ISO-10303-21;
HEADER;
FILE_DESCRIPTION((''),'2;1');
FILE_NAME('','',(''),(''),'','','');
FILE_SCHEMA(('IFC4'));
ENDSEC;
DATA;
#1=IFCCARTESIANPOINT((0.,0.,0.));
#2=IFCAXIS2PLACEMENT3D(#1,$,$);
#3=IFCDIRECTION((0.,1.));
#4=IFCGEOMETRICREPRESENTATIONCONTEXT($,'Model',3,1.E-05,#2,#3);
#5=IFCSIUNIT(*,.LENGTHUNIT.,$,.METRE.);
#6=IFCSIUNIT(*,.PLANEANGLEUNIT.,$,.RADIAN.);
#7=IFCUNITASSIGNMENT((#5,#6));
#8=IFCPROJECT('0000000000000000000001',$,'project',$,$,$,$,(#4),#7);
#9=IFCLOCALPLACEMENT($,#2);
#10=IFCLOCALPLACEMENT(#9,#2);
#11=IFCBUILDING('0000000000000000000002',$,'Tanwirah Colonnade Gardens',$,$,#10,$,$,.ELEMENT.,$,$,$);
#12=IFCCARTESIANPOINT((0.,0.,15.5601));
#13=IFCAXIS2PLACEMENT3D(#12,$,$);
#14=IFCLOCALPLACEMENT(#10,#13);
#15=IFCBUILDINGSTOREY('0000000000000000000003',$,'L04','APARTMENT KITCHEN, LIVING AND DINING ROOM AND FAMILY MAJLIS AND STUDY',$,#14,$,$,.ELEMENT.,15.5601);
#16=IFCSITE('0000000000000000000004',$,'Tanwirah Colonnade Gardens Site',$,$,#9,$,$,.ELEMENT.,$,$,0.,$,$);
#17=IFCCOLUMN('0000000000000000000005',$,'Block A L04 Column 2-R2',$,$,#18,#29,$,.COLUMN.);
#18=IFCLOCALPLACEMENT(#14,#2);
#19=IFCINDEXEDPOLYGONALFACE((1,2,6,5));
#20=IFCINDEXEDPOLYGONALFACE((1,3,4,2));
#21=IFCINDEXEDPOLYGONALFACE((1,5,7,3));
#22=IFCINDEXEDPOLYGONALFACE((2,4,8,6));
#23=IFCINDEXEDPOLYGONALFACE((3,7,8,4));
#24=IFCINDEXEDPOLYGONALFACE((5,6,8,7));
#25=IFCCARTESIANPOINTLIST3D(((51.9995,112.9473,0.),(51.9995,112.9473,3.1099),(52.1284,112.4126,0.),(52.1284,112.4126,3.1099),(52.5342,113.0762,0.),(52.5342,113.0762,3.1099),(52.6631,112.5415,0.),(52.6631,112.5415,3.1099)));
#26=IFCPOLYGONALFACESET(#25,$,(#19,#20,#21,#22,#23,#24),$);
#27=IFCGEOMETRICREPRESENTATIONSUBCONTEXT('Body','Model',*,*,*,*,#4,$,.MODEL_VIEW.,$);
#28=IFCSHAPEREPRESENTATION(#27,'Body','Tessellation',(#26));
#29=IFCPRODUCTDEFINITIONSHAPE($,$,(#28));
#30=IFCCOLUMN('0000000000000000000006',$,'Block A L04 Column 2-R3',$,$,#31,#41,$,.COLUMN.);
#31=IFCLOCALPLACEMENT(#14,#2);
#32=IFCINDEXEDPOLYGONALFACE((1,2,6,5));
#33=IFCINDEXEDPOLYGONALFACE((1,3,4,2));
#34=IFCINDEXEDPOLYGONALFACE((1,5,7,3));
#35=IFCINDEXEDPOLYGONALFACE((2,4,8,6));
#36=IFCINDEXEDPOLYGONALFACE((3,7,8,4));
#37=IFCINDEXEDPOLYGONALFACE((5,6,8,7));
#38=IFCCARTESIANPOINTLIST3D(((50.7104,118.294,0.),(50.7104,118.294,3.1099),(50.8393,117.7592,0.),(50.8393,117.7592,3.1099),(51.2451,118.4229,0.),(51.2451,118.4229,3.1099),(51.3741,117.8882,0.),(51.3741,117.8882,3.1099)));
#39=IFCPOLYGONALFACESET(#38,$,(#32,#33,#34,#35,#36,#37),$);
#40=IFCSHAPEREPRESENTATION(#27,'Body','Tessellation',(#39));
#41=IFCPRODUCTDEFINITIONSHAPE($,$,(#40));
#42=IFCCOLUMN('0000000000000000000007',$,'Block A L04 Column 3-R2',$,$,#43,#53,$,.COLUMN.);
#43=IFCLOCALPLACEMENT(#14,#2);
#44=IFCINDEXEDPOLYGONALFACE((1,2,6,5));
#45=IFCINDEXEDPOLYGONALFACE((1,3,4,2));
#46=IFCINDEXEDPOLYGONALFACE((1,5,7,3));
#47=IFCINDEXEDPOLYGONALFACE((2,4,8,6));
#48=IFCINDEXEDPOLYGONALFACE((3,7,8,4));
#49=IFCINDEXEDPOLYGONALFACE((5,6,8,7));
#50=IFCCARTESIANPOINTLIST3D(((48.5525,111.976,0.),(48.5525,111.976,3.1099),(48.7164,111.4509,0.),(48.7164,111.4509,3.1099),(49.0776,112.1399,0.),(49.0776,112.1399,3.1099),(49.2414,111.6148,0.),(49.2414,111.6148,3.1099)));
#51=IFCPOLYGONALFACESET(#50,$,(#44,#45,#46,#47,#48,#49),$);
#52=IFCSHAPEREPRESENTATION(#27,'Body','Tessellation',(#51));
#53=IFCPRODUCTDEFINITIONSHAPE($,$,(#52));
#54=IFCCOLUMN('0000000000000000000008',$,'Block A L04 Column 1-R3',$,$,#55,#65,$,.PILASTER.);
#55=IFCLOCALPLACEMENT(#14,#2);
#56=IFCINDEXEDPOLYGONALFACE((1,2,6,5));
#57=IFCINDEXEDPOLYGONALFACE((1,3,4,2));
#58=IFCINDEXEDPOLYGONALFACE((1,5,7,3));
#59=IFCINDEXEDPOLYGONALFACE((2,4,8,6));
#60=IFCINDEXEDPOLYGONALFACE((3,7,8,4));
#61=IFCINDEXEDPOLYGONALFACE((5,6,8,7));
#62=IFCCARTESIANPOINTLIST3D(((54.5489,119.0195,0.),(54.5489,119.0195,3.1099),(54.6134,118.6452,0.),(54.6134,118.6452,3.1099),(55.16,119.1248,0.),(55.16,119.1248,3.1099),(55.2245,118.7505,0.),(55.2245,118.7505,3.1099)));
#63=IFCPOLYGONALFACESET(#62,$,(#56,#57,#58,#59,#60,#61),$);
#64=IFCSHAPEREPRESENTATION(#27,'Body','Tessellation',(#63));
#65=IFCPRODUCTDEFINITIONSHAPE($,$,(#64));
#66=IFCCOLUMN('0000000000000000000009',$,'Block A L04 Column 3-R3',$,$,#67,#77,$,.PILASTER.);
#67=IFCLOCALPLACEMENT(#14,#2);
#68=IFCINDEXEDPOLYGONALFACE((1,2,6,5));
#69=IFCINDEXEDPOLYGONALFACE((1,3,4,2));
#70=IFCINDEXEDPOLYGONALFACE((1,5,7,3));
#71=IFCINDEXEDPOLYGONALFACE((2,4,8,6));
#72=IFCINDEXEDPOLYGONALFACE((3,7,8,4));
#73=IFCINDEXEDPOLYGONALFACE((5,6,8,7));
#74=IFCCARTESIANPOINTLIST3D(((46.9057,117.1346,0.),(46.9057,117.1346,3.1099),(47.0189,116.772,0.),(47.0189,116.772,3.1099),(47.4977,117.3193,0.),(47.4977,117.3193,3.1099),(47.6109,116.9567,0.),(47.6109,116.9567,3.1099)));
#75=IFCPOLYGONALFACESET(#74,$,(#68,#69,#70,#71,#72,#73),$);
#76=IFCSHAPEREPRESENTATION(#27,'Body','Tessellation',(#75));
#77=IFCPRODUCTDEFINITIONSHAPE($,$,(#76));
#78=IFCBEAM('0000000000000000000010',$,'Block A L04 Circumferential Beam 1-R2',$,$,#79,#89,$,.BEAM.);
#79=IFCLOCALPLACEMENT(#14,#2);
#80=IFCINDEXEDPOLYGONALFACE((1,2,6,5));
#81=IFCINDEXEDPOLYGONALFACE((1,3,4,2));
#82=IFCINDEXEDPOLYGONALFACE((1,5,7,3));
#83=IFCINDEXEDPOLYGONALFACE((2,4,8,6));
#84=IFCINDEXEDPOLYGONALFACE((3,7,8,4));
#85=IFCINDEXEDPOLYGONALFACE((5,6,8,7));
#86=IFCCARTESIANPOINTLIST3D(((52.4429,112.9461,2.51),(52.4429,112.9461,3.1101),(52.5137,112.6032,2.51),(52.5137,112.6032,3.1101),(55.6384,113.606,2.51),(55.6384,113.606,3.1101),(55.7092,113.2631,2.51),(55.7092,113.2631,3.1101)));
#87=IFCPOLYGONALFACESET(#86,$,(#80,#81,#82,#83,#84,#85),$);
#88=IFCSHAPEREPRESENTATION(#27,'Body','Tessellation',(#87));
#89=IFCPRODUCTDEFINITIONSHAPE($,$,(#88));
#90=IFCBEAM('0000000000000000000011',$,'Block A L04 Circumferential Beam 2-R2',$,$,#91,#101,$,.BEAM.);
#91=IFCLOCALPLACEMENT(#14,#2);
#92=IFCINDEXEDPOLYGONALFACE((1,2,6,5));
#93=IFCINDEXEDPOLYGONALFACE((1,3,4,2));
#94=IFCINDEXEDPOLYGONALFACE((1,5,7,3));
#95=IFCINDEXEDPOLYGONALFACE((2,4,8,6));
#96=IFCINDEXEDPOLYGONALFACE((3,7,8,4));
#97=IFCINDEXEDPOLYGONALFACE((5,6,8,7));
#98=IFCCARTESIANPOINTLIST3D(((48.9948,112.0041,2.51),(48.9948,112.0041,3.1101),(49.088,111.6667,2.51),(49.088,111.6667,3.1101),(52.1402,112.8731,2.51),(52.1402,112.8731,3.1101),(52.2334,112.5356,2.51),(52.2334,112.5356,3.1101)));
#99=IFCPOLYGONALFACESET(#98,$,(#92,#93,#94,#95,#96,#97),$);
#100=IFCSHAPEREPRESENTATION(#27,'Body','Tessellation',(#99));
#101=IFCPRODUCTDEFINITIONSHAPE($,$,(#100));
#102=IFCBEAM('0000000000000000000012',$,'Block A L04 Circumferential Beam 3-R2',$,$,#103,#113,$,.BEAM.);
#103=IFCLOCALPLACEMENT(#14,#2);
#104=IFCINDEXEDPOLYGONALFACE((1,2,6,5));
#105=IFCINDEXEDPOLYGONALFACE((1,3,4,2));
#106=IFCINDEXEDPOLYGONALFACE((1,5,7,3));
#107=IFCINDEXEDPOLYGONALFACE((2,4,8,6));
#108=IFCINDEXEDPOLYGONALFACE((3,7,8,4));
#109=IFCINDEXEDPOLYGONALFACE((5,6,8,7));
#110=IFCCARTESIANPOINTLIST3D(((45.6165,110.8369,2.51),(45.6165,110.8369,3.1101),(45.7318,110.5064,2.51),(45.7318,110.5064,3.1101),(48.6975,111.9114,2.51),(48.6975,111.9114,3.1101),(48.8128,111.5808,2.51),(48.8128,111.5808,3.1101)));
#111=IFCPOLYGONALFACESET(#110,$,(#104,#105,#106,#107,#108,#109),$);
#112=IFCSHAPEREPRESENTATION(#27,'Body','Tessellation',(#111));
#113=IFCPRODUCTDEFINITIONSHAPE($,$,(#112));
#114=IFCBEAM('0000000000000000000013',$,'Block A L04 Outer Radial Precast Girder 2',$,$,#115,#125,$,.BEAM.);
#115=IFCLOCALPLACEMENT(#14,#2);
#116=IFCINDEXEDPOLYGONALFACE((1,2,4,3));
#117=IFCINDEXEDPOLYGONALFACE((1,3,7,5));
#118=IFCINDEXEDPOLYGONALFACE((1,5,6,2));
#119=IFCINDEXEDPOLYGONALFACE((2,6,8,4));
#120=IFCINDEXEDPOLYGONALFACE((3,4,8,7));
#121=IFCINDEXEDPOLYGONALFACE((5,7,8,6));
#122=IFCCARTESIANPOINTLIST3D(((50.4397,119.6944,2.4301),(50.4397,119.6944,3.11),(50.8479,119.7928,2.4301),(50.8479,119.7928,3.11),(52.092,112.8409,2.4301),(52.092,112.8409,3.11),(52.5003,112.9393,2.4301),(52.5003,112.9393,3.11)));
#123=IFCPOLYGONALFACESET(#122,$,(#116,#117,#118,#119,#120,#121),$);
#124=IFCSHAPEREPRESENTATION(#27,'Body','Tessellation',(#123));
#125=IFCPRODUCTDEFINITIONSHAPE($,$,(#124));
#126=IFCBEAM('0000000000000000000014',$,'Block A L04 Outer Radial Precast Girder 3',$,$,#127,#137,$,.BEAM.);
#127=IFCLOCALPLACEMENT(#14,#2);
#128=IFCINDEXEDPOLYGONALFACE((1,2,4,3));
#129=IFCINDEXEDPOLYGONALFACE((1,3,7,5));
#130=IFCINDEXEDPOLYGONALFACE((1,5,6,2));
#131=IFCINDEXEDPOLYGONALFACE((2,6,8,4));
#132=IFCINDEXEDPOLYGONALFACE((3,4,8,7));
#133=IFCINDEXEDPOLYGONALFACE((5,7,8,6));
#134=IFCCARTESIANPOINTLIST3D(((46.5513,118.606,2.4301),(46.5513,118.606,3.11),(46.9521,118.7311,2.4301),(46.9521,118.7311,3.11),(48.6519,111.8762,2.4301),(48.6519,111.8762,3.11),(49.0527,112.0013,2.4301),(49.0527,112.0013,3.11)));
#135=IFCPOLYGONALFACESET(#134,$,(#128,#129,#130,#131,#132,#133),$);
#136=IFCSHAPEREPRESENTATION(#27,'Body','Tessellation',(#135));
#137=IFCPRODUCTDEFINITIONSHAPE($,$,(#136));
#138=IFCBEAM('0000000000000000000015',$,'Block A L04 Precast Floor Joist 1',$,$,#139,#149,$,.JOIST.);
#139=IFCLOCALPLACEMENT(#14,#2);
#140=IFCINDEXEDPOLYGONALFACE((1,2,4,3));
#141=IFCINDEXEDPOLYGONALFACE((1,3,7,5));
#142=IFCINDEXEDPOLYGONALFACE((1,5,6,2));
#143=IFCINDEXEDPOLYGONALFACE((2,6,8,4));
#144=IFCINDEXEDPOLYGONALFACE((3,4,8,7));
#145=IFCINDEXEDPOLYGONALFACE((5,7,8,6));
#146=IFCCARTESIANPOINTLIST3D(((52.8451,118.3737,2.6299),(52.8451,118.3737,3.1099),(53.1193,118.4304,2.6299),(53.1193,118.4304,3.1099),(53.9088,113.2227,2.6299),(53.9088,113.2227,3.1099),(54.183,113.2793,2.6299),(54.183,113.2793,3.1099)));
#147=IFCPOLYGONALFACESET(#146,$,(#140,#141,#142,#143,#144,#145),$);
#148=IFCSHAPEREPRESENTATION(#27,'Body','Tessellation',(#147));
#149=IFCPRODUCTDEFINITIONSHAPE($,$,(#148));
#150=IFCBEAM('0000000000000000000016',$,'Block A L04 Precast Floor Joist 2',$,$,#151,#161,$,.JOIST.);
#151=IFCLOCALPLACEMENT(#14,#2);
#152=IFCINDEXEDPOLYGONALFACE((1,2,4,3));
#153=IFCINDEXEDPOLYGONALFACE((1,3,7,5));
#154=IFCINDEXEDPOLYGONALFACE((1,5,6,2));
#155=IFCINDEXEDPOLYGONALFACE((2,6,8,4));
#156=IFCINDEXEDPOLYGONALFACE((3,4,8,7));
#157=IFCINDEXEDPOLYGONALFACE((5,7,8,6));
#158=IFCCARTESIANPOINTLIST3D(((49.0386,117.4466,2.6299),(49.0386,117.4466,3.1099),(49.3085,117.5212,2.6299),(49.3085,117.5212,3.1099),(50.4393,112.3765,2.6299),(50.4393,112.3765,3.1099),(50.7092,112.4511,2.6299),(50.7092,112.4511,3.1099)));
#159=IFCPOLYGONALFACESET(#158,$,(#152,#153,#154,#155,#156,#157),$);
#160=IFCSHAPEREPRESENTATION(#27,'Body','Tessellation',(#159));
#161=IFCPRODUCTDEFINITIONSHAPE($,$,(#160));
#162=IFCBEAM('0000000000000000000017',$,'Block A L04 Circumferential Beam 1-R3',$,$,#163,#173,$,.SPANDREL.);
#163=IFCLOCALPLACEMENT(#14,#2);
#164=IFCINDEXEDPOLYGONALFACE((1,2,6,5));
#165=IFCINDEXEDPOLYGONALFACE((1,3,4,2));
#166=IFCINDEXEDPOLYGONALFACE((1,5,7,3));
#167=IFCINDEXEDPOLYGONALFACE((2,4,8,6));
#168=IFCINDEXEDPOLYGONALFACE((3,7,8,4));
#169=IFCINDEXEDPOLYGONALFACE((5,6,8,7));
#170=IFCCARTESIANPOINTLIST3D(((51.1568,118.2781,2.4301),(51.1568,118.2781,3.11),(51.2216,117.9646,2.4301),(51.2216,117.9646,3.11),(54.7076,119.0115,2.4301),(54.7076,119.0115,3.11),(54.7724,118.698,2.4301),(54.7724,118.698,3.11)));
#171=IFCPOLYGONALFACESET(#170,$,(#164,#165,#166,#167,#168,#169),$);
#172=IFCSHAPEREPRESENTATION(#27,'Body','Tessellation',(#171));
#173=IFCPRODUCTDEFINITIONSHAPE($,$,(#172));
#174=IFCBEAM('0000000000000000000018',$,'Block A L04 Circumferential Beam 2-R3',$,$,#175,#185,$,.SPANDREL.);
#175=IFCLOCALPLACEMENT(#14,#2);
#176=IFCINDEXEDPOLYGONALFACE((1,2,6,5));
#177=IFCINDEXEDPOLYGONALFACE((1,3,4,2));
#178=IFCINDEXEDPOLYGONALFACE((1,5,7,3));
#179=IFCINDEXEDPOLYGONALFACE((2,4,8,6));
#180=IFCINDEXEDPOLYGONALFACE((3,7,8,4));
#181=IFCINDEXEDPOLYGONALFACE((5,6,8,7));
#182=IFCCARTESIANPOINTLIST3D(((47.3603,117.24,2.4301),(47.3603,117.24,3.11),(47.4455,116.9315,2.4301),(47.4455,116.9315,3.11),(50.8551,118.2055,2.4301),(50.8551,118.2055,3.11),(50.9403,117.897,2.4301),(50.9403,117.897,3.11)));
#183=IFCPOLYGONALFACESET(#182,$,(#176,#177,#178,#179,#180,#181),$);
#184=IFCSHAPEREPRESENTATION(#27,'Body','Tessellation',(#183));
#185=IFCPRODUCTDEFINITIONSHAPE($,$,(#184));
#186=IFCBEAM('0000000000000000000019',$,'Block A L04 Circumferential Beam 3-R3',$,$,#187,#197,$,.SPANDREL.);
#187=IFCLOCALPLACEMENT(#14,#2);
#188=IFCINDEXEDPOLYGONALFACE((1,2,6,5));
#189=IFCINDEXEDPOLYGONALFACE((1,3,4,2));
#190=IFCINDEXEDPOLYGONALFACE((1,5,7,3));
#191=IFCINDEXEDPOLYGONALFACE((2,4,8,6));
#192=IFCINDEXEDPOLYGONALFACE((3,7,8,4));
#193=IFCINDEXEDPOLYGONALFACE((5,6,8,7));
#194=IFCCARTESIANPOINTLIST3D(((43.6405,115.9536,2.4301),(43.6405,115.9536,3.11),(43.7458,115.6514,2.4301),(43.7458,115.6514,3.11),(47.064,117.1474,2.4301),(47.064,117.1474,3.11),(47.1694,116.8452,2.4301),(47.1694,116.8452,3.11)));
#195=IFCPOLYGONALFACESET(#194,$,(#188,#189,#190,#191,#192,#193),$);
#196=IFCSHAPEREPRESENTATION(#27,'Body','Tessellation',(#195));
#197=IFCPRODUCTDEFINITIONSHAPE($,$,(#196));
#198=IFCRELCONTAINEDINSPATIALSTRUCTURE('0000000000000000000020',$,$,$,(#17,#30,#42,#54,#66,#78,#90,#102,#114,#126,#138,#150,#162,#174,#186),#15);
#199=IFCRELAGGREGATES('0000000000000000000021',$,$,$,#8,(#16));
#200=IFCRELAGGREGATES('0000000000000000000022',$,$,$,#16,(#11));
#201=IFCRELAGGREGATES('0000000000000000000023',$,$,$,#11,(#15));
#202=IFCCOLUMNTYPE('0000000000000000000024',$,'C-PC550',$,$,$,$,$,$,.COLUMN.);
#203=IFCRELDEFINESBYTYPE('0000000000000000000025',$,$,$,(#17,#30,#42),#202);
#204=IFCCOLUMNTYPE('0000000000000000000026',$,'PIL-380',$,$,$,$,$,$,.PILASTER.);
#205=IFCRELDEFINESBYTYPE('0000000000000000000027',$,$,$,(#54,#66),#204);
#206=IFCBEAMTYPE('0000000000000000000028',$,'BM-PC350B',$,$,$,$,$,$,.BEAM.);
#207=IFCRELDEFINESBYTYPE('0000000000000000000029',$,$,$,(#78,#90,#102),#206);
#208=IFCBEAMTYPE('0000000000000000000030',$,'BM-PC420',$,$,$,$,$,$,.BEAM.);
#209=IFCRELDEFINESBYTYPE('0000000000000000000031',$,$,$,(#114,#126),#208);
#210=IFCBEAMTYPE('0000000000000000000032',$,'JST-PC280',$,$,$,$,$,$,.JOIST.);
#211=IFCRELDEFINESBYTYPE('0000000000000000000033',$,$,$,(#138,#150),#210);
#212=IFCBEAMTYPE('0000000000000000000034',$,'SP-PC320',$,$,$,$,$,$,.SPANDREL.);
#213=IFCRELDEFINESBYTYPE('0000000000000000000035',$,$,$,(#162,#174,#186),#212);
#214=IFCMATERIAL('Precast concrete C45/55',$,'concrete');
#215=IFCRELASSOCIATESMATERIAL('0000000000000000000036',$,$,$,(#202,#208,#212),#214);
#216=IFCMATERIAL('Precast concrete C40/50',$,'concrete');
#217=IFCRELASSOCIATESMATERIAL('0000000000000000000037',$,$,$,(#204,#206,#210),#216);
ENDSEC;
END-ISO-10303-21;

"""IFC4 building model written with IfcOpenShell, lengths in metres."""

from ifc_helpers import new_model, si_unit, direction, frame, origin, origin_2d, place, context, subcontext, project, spatial, rectangle, extrude, material, material_profile, profile_set, type_object, element, save


model = new_model("IFC4")

# Units and contexts
model_context = context("Model", 3, precision=1e-05, world=origin(), true_north=direction((0.0, 1.0)))
body_context = subcontext(model_context, "Body", "Model", "MODEL_VIEW")
ifc_project = project(units=[si_unit("LENGTHUNIT", "METRE"), si_unit("PLANEANGLEUNIT", "RADIAN")], contexts=[model_context])

# Site, building, storey
site_placement = place(None, origin())
site = spatial("IfcSite", under=ifc_project, at=site_placement, Name="Tanwirah Colonnade Gardens Site", CompositionType="ELEMENT", RefElevation=0.0)
building_placement = place(site_placement, origin())
building = spatial("IfcBuilding", under=site, at=building_placement, Name="Tanwirah Colonnade Gardens", CompositionType="ELEMENT")
storey_placement = place(building_placement, frame((0.0, 0.0, 15.5601)))
storey = spatial("IfcBuildingStorey", under=building, at=storey_placement, Name="L04", Description="APARTMENT KITCHEN, LIVING AND DINING ROOM AND FAMILY MAJLIS AND STUDY", CompositionType="ELEMENT", Elevation=15.5601)

# Columns
ifc_material_1 = material(Name="Precast concrete C45/55", Category="concrete")
ifc_material_profile_1 = material_profile(ifc_material_1, rectangle(XDim=0.55, YDim=0.55, at=origin_2d()), Name="PC-COL 550x550")
ifc_profile_set_1 = profile_set([ifc_material_profile_1], Name="Precast concrete C45/55")
column_type_1 = type_object("IfcColumnType", Name="C-PC550", PredefinedType="COLUMN", material=ifc_profile_set_1)
for number, where, z_axis, x_axis, name in (
    (1, (52.3313, 112.7444, 0.0), (0.0, 0.0, 1.0), (-0.234388, 0.972143, 0.0), "Block A L04 Column 2-R2"),
    (2, (51.0422, 118.0911, 0.0), (0.0, 0.0, 1.0), (-0.234388, 0.972143, 0.0), "Block A L04 Column 2-R3"),
    (3, (48.897, 111.7954, 0.0), (0.0, 0.0, 1.0), (-0.29793, 0.954588, 0.0), "Block A L04 Column 3-R2"),
):
    element("IfcColumn", number, at=place(storey_placement, frame(where, z_axis=z_axis, x_axis=x_axis)), inside=storey, type_object=column_type_1, Name=name, PredefinedType="COLUMN", context=body_context, shape_type="SweptSolid", body=[
        extrude(rectangle(XDim=0.55, YDim=0.55, at=origin_2d()), origin(), (0.0, 0.0, 1.0), 3.1099),
    ])
ifc_material_2 = material(Name="Precast concrete C40/50", Category="concrete")
ifc_material_profile_2 = material_profile(ifc_material_2, rectangle(XDim=0.3799, YDim=0.6201, at=origin_2d()), Name="PC-PIL 380x620")
ifc_profile_set_2 = profile_set([ifc_material_profile_2], Name="Precast concrete C40/50")
column_type_2 = type_object("IfcColumnType", Name="PIL-380", PredefinedType="PILASTER", material=ifc_profile_set_2)
for number, where, z_axis, x_axis, name in (
    (4, (54.8867, 118.885, 0.0), (0.0, 0.0, 1.0), (-0.169827, 0.985474, 0.0), "Block A L04 Column 1-R3"),
    (5, (47.2583, 117.0457, 0.0), (0.0, 0.0, 1.0), (-0.29793, 0.954588, 0.0), "Block A L04 Column 3-R3"),
):
    element("IfcColumn", number, at=place(storey_placement, frame(where, z_axis=z_axis, x_axis=x_axis)), inside=storey, type_object=column_type_2, Name=name, PredefinedType="PILASTER", context=body_context, shape_type="SweptSolid", body=[
        extrude(rectangle(XDim=0.3799, YDim=0.6201, at=origin_2d()), origin(), (0.0, 0.0, 1.0), 3.1099),
    ])

# Beams
ifc_material_profile_3 = material_profile(ifc_material_2, rectangle(XDim=0.3501, YDim=0.6001, at=origin_2d()), Name="PC-BM 350x600")
ifc_profile_set_3 = profile_set([ifc_material_profile_3], Name="Precast concrete C40/50")
beam_type_1 = type_object("IfcBeamType", Name="BM-PC350B", PredefinedType="BEAM", material=ifc_profile_set_3)
beam_1_placement = place(storey_placement, frame((55.6738, 113.4346, 2.8101), z_axis=(-0.979336, -0.202242, 0.0), x_axis=(0.202242, -0.979336, 0.0)))
element("IfcBeam", 6, at=beam_1_placement, inside=storey, type_object=beam_type_1, Name="Block A L04 Circumferential Beam 1-R2", PredefinedType="BEAM", context=body_context, shape_type="SweptSolid", body=[
    extrude(rectangle(XDim=0.3501, YDim=0.6001, at=origin_2d()), origin(), (0.0, 0.0, 1.0), 3.2629),
])
beam_2_placement = place(storey_placement, frame((52.1868, 112.7043, 2.8101), z_axis=(-0.963895, -0.266281, 0.0), x_axis=(0.266281, -0.963895, 0.0)))
element("IfcBeam", 7, at=beam_2_placement, inside=storey, type_object=beam_type_1, Name="Block A L04 Circumferential Beam 2-R2", PredefinedType="BEAM", context=body_context, shape_type="SweptSolid", body=[
    extrude(rectangle(XDim=0.3501, YDim=0.6001, at=origin_2d()), origin(), (0.0, 0.0, 1.0), 3.2632),
])
beam_3_placement = place(storey_placement, frame((48.7551, 111.7461, 2.8101), z_axis=(-0.944231, -0.329284, 0.0), x_axis=(0.329284, -0.944231, 0.0)))
element("IfcBeam", 8, at=beam_3_placement, inside=storey, type_object=beam_type_1, Name="Block A L04 Circumferential Beam 3-R2", PredefinedType="BEAM", context=body_context, shape_type="SweptSolid", body=[
    extrude(rectangle(XDim=0.3501, YDim=0.6001, at=origin_2d()), origin(), (0.0, 0.0, 1.0), 3.2629),
])
ifc_material_profile_4 = material_profile(ifc_material_1, rectangle(XDim=0.4199, YDim=0.6799, at=origin_2d()), Name="PC-BM 420x680")
ifc_profile_set_4 = profile_set([ifc_material_profile_4], Name="Precast concrete C45/55")
beam_type_2 = type_object("IfcBeamType", Name="BM-PC420", PredefinedType="BEAM", material=ifc_profile_set_4)
beam_4_placement = place(storey_placement, frame((52.2961, 112.8901, 2.77), z_axis=(-0.234379, 0.972145, 0.0), x_axis=(-0.972145, -0.234379, 0.0)))
element("IfcBeam", 9, at=beam_4_placement, inside=storey, type_object=beam_type_2, Name="Block A L04 Outer Radial Precast Girder 2", PredefinedType="BEAM", context=body_context, shape_type="SweptSolid", body=[
    extrude(rectangle(XDim=0.4199, YDim=0.6799, at=origin_2d()), origin(), (0.0, 0.0, 1.0), 7.0498),
])
beam_5_placement = place(storey_placement, frame((48.8523, 111.9387, 2.77), z_axis=(-0.297958, 0.954579, 0.0), x_axis=(-0.954579, -0.297958, 0.0)))
element("IfcBeam", 10, at=beam_5_placement, inside=storey, type_object=beam_type_2, Name="Block A L04 Outer Radial Precast Girder 3", PredefinedType="BEAM", context=body_context, shape_type="SweptSolid", body=[
    extrude(rectangle(XDim=0.4199, YDim=0.6799, at=origin_2d()), origin(), (0.0, 0.0, 1.0), 7.05),
])
ifc_material_profile_5 = material_profile(ifc_material_2, rectangle(XDim=0.28, YDim=0.48, at=origin_2d()), Name="PC-JST 280x480")
ifc_profile_set_5 = profile_set([ifc_material_profile_5], Name="Precast concrete C40/50")
beam_type_3 = type_object("IfcBeamType", Name="JST-PC280", PredefinedType="JOIST", material=ifc_profile_set_5)
beam_6_placement = place(storey_placement, frame((54.0459, 113.251, 2.8699), z_axis=(-0.202236, 0.979337, 0.0), x_axis=(-0.979337, -0.202236, 0.0)))
element("IfcBeam", 11, at=beam_6_placement, inside=storey, type_object=beam_type_3, Name="Block A L04 Precast Floor Joist 1", PredefinedType="JOIST", context=body_context, shape_type="SweptSolid", body=[
    extrude(rectangle(XDim=0.28, YDim=0.48, at=origin_2d()), origin(), (0.0, 0.0, 1.0), 5.2598),
])
beam_7_placement = place(storey_placement, frame((50.5742, 112.4138, 2.8699), z_axis=(-0.266281, 0.963895, 0.0), x_axis=(-0.963895, -0.266281, 0.0)))
element("IfcBeam", 12, at=beam_7_placement, inside=storey, type_object=beam_type_3, Name="Block A L04 Precast Floor Joist 2", PredefinedType="JOIST", context=body_context, shape_type="SweptSolid", body=[
    extrude(rectangle(XDim=0.28, YDim=0.48, at=origin_2d()), origin(), (0.0, 0.0, 1.0), 5.26),
])
ifc_material_profile_6 = material_profile(ifc_material_1, rectangle(XDim=0.3201, YDim=0.6799, at=origin_2d()), Name="PC-SP 320x680")
ifc_profile_set_6 = profile_set([ifc_material_profile_6], Name="Precast concrete C45/55")
beam_type_4 = type_object("IfcBeamType", Name="SP-PC320", PredefinedType="SPANDREL", material=ifc_profile_set_6)
for number, where, z_axis, x_axis, name in (
    (13, (54.74, 118.8547, 2.77), (-0.979329, -0.202276, 0.0), (0.202276, -0.979329, 0.0), "Block A L04 Circumferential Beam 1-R3"),
    (14, (50.8977, 118.0513, 2.77), (-0.963888, -0.266307, 0.0), (0.266307, -0.963888, 0.0), "Block A L04 Circumferential Beam 2-R3"),
    (15, (47.1167, 116.9963, 2.77), (-0.944237, -0.329267, 0.0), (0.329267, -0.944237, 0.0), "Block A L04 Circumferential Beam 3-R3"),
):
    element("IfcBeam", number, at=place(storey_placement, frame(where, z_axis=z_axis, x_axis=x_axis)), inside=storey, type_object=beam_type_4, Name=name, PredefinedType="SPANDREL", context=body_context, shape_type="SweptSolid", body=[
        extrude(rectangle(XDim=0.3201, YDim=0.6799, at=origin_2d()), origin(), (0.0, 0.0, 1.0), 3.6257),
    ])

save(model, "model.ifc")
